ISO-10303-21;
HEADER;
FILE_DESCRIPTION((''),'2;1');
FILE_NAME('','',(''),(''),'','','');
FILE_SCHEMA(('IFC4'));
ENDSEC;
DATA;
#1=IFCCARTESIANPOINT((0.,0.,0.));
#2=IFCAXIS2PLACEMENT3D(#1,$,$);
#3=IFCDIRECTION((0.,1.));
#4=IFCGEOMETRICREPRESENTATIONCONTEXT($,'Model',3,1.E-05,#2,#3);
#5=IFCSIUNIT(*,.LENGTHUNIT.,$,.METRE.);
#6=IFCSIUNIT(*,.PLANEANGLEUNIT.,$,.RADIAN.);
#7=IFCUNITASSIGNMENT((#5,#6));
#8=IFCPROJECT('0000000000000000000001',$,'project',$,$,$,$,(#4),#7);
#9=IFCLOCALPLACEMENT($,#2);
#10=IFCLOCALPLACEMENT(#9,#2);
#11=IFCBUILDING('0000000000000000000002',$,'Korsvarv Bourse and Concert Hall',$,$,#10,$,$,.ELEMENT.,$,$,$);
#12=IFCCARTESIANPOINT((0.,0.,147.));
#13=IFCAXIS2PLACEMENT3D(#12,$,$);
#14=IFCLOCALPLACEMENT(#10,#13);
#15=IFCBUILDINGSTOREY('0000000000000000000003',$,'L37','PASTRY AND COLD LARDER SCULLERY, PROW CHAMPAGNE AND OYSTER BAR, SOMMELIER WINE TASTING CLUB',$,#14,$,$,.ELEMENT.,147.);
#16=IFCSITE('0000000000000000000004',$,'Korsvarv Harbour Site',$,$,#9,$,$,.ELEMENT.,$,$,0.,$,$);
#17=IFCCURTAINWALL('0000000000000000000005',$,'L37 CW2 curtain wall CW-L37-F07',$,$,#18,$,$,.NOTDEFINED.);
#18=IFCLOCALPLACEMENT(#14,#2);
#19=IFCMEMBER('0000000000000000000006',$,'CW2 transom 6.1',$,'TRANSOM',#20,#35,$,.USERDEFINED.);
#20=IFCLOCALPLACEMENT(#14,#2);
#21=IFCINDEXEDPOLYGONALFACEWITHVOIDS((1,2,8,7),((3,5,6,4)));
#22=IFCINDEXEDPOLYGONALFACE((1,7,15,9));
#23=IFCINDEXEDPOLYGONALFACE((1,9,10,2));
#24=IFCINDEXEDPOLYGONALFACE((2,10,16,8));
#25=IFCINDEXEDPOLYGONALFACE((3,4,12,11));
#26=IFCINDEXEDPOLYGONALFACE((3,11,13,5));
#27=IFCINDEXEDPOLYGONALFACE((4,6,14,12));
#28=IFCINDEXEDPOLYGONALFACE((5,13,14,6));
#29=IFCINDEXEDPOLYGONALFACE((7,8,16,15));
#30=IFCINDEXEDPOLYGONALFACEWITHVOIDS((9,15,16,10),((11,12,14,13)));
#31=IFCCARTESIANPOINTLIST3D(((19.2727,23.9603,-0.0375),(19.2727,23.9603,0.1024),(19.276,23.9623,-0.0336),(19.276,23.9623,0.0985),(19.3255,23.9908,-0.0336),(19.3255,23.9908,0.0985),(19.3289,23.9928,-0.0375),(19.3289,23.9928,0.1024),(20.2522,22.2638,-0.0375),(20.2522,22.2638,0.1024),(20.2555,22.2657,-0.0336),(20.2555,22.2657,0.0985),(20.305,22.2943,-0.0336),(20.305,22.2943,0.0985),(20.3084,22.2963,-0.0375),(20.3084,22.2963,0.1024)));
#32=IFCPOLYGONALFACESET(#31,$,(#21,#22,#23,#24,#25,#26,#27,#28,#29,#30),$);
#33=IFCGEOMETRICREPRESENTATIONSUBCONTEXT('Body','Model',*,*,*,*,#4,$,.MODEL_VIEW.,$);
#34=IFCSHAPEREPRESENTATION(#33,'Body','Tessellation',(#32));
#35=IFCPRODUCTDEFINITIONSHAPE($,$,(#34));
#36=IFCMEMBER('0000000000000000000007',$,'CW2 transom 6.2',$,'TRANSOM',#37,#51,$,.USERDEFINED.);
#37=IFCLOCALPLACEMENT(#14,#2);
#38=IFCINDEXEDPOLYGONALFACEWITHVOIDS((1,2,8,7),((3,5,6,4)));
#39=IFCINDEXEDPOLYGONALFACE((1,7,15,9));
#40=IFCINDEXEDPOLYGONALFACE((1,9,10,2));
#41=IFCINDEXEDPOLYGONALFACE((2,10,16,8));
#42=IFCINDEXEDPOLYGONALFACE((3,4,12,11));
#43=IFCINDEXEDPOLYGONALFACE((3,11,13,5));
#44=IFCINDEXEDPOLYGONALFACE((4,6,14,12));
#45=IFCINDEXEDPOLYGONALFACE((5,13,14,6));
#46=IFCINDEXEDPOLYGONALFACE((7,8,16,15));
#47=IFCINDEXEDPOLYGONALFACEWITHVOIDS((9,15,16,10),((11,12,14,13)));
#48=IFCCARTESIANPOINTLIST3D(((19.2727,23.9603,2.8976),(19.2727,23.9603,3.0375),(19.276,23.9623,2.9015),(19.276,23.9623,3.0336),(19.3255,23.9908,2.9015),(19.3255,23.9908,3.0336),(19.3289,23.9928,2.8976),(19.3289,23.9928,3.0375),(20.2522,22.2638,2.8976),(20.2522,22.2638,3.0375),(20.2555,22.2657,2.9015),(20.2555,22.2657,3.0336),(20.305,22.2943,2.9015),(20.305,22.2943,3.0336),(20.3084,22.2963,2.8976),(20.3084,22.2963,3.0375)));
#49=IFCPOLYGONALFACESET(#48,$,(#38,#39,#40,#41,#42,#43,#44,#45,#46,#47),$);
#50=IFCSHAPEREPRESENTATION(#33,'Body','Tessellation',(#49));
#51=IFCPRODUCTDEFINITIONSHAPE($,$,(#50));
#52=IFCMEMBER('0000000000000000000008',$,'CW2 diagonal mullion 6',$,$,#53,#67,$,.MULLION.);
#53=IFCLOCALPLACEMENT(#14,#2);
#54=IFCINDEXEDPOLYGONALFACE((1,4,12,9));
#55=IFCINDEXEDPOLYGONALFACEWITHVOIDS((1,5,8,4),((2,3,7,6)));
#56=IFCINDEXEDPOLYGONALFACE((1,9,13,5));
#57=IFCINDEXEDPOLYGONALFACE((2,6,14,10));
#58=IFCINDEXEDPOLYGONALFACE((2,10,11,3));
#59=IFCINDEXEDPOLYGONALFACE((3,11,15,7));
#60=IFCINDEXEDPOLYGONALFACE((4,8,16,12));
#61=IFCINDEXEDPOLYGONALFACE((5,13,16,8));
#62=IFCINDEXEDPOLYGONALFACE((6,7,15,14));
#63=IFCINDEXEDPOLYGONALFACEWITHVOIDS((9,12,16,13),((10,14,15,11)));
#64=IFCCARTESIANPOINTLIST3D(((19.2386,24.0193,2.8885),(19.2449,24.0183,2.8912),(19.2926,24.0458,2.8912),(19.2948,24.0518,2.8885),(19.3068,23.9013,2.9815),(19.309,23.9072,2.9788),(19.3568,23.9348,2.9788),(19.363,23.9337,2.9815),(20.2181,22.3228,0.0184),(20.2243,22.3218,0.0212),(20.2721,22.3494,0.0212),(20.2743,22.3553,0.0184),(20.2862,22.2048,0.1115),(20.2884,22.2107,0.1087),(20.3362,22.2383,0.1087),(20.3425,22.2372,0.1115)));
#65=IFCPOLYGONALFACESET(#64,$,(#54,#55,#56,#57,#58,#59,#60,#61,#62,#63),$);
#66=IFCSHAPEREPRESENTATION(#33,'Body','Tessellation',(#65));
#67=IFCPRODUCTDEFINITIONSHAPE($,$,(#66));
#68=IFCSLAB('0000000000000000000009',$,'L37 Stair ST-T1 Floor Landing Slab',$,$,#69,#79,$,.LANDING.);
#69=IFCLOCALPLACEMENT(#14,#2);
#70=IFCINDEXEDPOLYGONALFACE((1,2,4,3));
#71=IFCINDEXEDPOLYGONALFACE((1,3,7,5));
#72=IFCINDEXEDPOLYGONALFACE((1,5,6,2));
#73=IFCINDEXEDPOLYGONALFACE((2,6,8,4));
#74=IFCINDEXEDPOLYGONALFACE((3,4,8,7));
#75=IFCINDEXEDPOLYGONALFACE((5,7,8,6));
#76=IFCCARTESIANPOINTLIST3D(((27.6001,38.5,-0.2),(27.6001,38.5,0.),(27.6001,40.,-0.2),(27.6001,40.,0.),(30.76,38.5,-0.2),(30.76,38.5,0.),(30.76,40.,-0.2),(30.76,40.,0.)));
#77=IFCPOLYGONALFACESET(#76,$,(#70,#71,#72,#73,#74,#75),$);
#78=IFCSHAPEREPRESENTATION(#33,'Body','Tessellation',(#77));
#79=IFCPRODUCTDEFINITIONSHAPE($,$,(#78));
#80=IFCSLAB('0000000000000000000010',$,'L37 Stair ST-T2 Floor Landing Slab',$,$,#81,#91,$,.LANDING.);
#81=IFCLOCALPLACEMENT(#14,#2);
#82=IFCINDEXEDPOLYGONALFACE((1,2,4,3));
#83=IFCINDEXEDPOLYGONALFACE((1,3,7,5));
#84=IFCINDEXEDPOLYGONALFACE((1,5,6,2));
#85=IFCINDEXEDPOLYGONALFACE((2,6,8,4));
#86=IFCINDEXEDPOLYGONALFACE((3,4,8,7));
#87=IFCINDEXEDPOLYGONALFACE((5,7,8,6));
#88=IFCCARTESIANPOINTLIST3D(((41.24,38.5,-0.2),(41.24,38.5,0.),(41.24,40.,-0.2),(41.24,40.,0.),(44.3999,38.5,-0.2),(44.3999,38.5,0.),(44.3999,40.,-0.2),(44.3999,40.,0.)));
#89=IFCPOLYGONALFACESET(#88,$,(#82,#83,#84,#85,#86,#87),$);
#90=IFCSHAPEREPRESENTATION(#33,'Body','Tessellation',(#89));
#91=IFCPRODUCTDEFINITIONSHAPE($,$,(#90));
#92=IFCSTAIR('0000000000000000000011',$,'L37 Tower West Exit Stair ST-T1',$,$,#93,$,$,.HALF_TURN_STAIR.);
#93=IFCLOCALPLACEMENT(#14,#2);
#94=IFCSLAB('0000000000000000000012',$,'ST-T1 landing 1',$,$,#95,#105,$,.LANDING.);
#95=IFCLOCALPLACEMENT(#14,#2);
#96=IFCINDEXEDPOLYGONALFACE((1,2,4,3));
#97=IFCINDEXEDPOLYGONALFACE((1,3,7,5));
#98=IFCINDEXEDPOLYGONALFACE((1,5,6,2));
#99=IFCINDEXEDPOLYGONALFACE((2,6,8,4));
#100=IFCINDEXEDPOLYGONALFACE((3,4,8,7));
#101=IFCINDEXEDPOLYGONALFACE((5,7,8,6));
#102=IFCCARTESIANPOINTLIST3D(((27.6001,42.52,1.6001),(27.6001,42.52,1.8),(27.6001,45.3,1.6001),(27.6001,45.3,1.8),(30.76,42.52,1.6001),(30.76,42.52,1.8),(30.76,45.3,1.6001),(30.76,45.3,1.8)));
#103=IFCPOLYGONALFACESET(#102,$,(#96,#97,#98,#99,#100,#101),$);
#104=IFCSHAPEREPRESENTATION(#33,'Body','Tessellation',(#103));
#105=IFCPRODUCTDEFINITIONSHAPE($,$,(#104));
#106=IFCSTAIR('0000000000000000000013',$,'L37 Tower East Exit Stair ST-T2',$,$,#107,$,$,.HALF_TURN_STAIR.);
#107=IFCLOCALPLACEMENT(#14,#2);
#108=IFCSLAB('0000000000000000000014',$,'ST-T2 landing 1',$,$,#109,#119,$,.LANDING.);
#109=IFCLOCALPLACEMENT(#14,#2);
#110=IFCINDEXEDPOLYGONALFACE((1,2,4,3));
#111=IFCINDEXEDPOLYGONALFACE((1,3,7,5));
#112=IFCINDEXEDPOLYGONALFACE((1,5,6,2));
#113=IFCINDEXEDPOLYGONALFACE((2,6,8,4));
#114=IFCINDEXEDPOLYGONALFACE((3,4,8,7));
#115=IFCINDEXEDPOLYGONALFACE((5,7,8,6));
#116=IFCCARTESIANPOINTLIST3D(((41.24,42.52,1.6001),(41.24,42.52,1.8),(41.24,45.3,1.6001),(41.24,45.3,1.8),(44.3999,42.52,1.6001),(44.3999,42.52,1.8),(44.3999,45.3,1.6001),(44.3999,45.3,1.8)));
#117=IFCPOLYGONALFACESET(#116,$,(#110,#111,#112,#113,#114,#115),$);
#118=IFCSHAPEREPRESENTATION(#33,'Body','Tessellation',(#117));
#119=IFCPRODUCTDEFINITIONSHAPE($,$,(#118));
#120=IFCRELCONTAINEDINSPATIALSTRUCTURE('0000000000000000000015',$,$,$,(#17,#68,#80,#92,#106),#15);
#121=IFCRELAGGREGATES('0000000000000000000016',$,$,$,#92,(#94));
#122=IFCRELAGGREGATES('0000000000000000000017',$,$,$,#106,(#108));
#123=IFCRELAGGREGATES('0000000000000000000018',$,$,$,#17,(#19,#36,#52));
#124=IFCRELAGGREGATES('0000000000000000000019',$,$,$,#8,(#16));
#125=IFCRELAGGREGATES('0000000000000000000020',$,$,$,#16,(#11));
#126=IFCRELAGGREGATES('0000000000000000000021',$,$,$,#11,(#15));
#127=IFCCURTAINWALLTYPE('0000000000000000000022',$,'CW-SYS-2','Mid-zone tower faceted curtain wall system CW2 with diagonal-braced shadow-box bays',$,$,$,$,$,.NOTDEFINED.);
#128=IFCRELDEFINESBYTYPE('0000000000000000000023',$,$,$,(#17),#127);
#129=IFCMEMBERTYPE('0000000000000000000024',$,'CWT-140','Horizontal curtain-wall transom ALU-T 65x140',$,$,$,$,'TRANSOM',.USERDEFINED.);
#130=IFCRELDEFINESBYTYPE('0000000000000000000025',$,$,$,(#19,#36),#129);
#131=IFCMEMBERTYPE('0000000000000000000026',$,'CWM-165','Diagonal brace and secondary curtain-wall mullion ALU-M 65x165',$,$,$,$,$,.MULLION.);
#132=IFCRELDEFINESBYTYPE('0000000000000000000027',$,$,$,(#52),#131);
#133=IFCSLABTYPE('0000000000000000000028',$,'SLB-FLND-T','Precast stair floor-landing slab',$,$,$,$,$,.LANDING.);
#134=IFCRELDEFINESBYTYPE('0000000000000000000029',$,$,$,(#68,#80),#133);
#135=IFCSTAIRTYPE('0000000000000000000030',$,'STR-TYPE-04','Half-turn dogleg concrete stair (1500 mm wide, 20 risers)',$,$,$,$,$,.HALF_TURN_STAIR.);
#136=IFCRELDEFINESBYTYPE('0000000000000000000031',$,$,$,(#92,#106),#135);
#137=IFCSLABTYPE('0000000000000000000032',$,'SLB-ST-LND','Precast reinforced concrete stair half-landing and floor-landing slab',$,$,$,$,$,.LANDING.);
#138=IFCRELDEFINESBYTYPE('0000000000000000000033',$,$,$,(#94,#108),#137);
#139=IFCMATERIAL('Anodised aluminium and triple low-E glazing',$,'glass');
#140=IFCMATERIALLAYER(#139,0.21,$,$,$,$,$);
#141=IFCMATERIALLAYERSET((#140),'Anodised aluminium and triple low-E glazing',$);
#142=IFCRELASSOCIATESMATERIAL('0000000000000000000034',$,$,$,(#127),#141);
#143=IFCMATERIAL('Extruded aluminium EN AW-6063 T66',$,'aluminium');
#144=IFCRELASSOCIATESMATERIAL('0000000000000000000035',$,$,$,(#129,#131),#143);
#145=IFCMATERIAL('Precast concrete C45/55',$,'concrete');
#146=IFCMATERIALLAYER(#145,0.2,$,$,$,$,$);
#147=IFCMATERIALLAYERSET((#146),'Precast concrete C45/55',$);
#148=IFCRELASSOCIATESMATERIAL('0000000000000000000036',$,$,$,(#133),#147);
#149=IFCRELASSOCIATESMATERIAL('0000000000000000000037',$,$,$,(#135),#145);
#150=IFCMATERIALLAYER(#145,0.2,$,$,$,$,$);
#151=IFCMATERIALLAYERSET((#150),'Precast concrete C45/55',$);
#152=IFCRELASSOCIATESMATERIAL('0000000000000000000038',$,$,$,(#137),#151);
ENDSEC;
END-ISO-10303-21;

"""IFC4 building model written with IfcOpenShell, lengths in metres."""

from ifc_helpers import new_model, si_unit, direction, frame, origin, origin_2d, place, context, subcontext, project, spatial, polyline, hollow_rectangle, outline, extrude, source, transform, mapped, material, layer, layer_set, material_profile, profile_set, type_object, element, aggregate, save


model = new_model("IFC4")

# Units and contexts
model_context = context("Model", 3, precision=1e-05, world=origin(), true_north=direction((0.0, 1.0)))
body_context = subcontext(model_context, "Body", "Model", "MODEL_VIEW")
ifc_project = project(units=[si_unit("LENGTHUNIT", "METRE"), si_unit("PLANEANGLEUNIT", "RADIAN")], contexts=[model_context])

# Site, building, storey
site_placement = place(None, origin())
site = spatial("IfcSite", under=ifc_project, at=site_placement, Name="Korsvarv Harbour Site", CompositionType="ELEMENT", RefElevation=0.0)
building_placement = place(site_placement, origin())
building = spatial("IfcBuilding", under=site, at=building_placement, Name="Korsvarv Bourse and Concert Hall", CompositionType="ELEMENT")
storey_placement = place(building_placement, frame((0.0, 0.0, 147.0)))
storey = spatial("IfcBuildingStorey", under=building, at=storey_placement, Name="L37", Description="PASTRY AND COLD LARDER SCULLERY, PROW CHAMPAGNE AND OYSTER BAR, SOMMELIER WINE TASTING CLUB", CompositionType="ELEMENT", Elevation=147.0)

# Curtain wall, members
ifc_material_1 = material(Name="Anodised aluminium and triple low-E glazing", Category="glass")
ifc_layer_1 = layer(ifc_material_1, 0.21)
ifc_layer_set_1 = layer_set([ifc_layer_1], Name="Anodised aluminium and triple low-E glazing")
curtain_wall_type = type_object("IfcCurtainWallType", Name="CW-SYS-2", Description="Mid-zone tower faceted curtain wall system CW2 with diagonal-braced shadow-box bays", PredefinedType="NOTDEFINED", material=ifc_layer_set_1)
curtain_wall_placement = place(storey_placement, origin())
curtain_wall = element("IfcCurtainWall", 1, at=curtain_wall_placement, inside=storey, type_object=curtain_wall_type, Name="L37 CW2 curtain wall CW-L37-F07", PredefinedType="NOTDEFINED")
ifc_material_2 = material(Name="Extruded aluminium EN AW-6063 T66", Category="aluminium")
ifc_material_profile_1 = material_profile(ifc_material_2, hollow_rectangle(XDim=0.0649, YDim=0.1399, WallThickness=0.0039, at=origin_2d()), Name="ALU-T 65x140")
ifc_profile_set_1 = profile_set([ifc_material_profile_1], Name="Extruded aluminium EN AW-6063 T66")
member_type_1 = type_object("IfcMemberType", Name="CWT-140", Description="Horizontal curtain-wall transom ALU-T 65x140", ElementType="TRANSOM", PredefinedType="USERDEFINED", material=ifc_profile_set_1)
shared_shape_1 = source(origin(), body_context, "Body", "SweptSolid", [
    extrude(hollow_rectangle(XDim=0.0649, YDim=0.1399, WallThickness=0.0039, at=origin_2d()), origin(), (0.0, 0.0, 1.0), 1.959),
])
member_1_placement = place(storey_placement, frame((19.3008, 23.9766, 0.0325), z_axis=(0.499999, -0.866026, 0.0), x_axis=(0.866026, 0.499999, 0.0)))
member_1 = element("IfcMember", 2, at=member_1_placement, type_object=member_type_1, Name="CW2 transom 6.1", ObjectType="TRANSOM", PredefinedType="USERDEFINED", context=body_context, shape_type="MappedRepresentation", body=[
    mapped(shared_shape_1, transform((0.0, 0.0, 0.0), scale=1.0)),
])
member_2_placement = place(storey_placement, frame((19.3008, 23.9766, 2.9675), z_axis=(0.499999, -0.866026, 0.0), x_axis=(0.866026, 0.499999, 0.0)))
member_2 = element("IfcMember", 3, at=member_2_placement, type_object=member_type_1, Name="CW2 transom 6.2", ObjectType="TRANSOM", PredefinedType="USERDEFINED", context=body_context, shape_type="MappedRepresentation", body=[
    mapped(shared_shape_1, transform((0.0, 0.0, 0.0), scale=1.0)),
])
ifc_material_profile_2 = material_profile(ifc_material_2, hollow_rectangle(XDim=0.0649, YDim=0.165, WallThickness=0.0049, at=origin_2d()), Name="ALU-M 65x165")
ifc_profile_set_2 = profile_set([ifc_material_profile_2], Name="Extruded aluminium EN AW-6063 T66")
member_type_2 = type_object("IfcMemberType", Name="CWM-165", Description="Diagonal brace and secondary curtain-wall mullion ALU-M 65x165", PredefinedType="MULLION", material=ifc_profile_set_2)
shared_shape_2 = source(origin(), body_context, "Body", "SweptSolid", [
    extrude(hollow_rectangle(XDim=0.0649, YDim=0.165, WallThickness=0.0049, at=origin_2d()), origin(), (0.0, 0.0, 1.0), 3.4749),
])
member_3_placement = place(storey_placement, frame((20.2803, 22.28, 0.0649), z_axis=(-0.281873, 0.48822, 0.825947), x_axis=(-0.866026, -0.499999, 0.0)))
member_3 = element("IfcMember", 4, at=member_3_placement, type_object=member_type_2, Name="CW2 diagonal mullion 6", PredefinedType="MULLION", context=body_context, shape_type="MappedRepresentation", body=[
    mapped(shared_shape_2, transform((0.0, 0.0, 0.0), scale=1.0)),
])

# Slabs
ifc_material_3 = material(Name="Precast concrete C45/55", Category="concrete")
ifc_layer_2 = layer(ifc_material_3, 0.2)
ifc_layer_set_2 = layer_set([ifc_layer_2], Name="Precast concrete C45/55")
slab_type_1 = type_object("IfcSlabType", Name="SLB-FLND-T", Description="Precast stair floor-landing slab", PredefinedType="LANDING", material=ifc_layer_set_2)
slab_1_placement = place(storey_placement, frame((0.0, 0.0, -0.2)))
element("IfcSlab", 5, at=slab_1_placement, inside=storey, type_object=slab_type_1, Name="L37 Stair ST-T1 Floor Landing Slab", PredefinedType="LANDING", context=body_context, shape_type="SweptSolid", body=[
    extrude(outline(polyline([(30.76, 38.5), (30.76, 40.0), (27.6001, 40.0), (27.6001, 38.5), (30.76, 38.5)])), origin(), (0.0, 0.0, 1.0), 0.2),
])
slab_2_placement = place(storey_placement, frame((0.0, 0.0, -0.2)))
element("IfcSlab", 6, at=slab_2_placement, inside=storey, type_object=slab_type_1, Name="L37 Stair ST-T2 Floor Landing Slab", PredefinedType="LANDING", context=body_context, shape_type="SweptSolid", body=[
    extrude(outline(polyline([(44.3999, 38.5), (44.3999, 40.0), (41.24, 40.0), (41.24, 38.5), (44.3999, 38.5)])), origin(), (0.0, 0.0, 1.0), 0.2),
])

# Stairs, slabs
stair_type = type_object("IfcStairType", Name="STR-TYPE-04", Description="Half-turn dogleg concrete stair (1500 mm wide, 20 risers)", PredefinedType="HALF_TURN_STAIR", material=ifc_material_3)
stair_1_placement = place(storey_placement, origin())
stair_1 = element("IfcStair", 7, at=stair_1_placement, inside=storey, type_object=stair_type, Name="L37 Tower West Exit Stair ST-T1", PredefinedType="HALF_TURN_STAIR")
ifc_layer_3 = layer(ifc_material_3, 0.2)
ifc_layer_set_3 = layer_set([ifc_layer_3], Name="Precast concrete C45/55")
slab_type_2 = type_object("IfcSlabType", Name="SLB-ST-LND", Description="Precast reinforced concrete stair half-landing and floor-landing slab", PredefinedType="LANDING", material=ifc_layer_set_3)
slab_3_placement = place(storey_placement, frame((0.0, 0.0, 1.6001)))
slab_3 = element("IfcSlab", 8, at=slab_3_placement, type_object=slab_type_2, Name="ST-T1 landing 1", PredefinedType="LANDING", context=body_context, shape_type="SweptSolid", body=[
    extrude(outline(polyline([(30.76, 42.52), (30.76, 45.3), (27.6001, 45.3), (27.6001, 42.52), (30.76, 42.52)])), origin(), (0.0, 0.0, 1.0), 0.2),
])
aggregate(stair_1, [slab_3])
stair_2_placement = place(storey_placement, origin())
stair_2 = element("IfcStair", 9, at=stair_2_placement, inside=storey, type_object=stair_type, Name="L37 Tower East Exit Stair ST-T2", PredefinedType="HALF_TURN_STAIR")
slab_4_placement = place(storey_placement, frame((0.0, 0.0, 1.6001)))
slab_4 = element("IfcSlab", 10, at=slab_4_placement, type_object=slab_type_2, Name="ST-T2 landing 1", PredefinedType="LANDING", context=body_context, shape_type="SweptSolid", body=[
    extrude(outline(polyline([(44.3999, 42.52), (44.3999, 45.3), (41.24, 45.3), (41.24, 42.52), (44.3999, 42.52)])), origin(), (0.0, 0.0, 1.0), 0.2),
])
aggregate(stair_2, [slab_4])

aggregate(curtain_wall, [member_1, member_2, member_3])

save(model, "model.ifc")
